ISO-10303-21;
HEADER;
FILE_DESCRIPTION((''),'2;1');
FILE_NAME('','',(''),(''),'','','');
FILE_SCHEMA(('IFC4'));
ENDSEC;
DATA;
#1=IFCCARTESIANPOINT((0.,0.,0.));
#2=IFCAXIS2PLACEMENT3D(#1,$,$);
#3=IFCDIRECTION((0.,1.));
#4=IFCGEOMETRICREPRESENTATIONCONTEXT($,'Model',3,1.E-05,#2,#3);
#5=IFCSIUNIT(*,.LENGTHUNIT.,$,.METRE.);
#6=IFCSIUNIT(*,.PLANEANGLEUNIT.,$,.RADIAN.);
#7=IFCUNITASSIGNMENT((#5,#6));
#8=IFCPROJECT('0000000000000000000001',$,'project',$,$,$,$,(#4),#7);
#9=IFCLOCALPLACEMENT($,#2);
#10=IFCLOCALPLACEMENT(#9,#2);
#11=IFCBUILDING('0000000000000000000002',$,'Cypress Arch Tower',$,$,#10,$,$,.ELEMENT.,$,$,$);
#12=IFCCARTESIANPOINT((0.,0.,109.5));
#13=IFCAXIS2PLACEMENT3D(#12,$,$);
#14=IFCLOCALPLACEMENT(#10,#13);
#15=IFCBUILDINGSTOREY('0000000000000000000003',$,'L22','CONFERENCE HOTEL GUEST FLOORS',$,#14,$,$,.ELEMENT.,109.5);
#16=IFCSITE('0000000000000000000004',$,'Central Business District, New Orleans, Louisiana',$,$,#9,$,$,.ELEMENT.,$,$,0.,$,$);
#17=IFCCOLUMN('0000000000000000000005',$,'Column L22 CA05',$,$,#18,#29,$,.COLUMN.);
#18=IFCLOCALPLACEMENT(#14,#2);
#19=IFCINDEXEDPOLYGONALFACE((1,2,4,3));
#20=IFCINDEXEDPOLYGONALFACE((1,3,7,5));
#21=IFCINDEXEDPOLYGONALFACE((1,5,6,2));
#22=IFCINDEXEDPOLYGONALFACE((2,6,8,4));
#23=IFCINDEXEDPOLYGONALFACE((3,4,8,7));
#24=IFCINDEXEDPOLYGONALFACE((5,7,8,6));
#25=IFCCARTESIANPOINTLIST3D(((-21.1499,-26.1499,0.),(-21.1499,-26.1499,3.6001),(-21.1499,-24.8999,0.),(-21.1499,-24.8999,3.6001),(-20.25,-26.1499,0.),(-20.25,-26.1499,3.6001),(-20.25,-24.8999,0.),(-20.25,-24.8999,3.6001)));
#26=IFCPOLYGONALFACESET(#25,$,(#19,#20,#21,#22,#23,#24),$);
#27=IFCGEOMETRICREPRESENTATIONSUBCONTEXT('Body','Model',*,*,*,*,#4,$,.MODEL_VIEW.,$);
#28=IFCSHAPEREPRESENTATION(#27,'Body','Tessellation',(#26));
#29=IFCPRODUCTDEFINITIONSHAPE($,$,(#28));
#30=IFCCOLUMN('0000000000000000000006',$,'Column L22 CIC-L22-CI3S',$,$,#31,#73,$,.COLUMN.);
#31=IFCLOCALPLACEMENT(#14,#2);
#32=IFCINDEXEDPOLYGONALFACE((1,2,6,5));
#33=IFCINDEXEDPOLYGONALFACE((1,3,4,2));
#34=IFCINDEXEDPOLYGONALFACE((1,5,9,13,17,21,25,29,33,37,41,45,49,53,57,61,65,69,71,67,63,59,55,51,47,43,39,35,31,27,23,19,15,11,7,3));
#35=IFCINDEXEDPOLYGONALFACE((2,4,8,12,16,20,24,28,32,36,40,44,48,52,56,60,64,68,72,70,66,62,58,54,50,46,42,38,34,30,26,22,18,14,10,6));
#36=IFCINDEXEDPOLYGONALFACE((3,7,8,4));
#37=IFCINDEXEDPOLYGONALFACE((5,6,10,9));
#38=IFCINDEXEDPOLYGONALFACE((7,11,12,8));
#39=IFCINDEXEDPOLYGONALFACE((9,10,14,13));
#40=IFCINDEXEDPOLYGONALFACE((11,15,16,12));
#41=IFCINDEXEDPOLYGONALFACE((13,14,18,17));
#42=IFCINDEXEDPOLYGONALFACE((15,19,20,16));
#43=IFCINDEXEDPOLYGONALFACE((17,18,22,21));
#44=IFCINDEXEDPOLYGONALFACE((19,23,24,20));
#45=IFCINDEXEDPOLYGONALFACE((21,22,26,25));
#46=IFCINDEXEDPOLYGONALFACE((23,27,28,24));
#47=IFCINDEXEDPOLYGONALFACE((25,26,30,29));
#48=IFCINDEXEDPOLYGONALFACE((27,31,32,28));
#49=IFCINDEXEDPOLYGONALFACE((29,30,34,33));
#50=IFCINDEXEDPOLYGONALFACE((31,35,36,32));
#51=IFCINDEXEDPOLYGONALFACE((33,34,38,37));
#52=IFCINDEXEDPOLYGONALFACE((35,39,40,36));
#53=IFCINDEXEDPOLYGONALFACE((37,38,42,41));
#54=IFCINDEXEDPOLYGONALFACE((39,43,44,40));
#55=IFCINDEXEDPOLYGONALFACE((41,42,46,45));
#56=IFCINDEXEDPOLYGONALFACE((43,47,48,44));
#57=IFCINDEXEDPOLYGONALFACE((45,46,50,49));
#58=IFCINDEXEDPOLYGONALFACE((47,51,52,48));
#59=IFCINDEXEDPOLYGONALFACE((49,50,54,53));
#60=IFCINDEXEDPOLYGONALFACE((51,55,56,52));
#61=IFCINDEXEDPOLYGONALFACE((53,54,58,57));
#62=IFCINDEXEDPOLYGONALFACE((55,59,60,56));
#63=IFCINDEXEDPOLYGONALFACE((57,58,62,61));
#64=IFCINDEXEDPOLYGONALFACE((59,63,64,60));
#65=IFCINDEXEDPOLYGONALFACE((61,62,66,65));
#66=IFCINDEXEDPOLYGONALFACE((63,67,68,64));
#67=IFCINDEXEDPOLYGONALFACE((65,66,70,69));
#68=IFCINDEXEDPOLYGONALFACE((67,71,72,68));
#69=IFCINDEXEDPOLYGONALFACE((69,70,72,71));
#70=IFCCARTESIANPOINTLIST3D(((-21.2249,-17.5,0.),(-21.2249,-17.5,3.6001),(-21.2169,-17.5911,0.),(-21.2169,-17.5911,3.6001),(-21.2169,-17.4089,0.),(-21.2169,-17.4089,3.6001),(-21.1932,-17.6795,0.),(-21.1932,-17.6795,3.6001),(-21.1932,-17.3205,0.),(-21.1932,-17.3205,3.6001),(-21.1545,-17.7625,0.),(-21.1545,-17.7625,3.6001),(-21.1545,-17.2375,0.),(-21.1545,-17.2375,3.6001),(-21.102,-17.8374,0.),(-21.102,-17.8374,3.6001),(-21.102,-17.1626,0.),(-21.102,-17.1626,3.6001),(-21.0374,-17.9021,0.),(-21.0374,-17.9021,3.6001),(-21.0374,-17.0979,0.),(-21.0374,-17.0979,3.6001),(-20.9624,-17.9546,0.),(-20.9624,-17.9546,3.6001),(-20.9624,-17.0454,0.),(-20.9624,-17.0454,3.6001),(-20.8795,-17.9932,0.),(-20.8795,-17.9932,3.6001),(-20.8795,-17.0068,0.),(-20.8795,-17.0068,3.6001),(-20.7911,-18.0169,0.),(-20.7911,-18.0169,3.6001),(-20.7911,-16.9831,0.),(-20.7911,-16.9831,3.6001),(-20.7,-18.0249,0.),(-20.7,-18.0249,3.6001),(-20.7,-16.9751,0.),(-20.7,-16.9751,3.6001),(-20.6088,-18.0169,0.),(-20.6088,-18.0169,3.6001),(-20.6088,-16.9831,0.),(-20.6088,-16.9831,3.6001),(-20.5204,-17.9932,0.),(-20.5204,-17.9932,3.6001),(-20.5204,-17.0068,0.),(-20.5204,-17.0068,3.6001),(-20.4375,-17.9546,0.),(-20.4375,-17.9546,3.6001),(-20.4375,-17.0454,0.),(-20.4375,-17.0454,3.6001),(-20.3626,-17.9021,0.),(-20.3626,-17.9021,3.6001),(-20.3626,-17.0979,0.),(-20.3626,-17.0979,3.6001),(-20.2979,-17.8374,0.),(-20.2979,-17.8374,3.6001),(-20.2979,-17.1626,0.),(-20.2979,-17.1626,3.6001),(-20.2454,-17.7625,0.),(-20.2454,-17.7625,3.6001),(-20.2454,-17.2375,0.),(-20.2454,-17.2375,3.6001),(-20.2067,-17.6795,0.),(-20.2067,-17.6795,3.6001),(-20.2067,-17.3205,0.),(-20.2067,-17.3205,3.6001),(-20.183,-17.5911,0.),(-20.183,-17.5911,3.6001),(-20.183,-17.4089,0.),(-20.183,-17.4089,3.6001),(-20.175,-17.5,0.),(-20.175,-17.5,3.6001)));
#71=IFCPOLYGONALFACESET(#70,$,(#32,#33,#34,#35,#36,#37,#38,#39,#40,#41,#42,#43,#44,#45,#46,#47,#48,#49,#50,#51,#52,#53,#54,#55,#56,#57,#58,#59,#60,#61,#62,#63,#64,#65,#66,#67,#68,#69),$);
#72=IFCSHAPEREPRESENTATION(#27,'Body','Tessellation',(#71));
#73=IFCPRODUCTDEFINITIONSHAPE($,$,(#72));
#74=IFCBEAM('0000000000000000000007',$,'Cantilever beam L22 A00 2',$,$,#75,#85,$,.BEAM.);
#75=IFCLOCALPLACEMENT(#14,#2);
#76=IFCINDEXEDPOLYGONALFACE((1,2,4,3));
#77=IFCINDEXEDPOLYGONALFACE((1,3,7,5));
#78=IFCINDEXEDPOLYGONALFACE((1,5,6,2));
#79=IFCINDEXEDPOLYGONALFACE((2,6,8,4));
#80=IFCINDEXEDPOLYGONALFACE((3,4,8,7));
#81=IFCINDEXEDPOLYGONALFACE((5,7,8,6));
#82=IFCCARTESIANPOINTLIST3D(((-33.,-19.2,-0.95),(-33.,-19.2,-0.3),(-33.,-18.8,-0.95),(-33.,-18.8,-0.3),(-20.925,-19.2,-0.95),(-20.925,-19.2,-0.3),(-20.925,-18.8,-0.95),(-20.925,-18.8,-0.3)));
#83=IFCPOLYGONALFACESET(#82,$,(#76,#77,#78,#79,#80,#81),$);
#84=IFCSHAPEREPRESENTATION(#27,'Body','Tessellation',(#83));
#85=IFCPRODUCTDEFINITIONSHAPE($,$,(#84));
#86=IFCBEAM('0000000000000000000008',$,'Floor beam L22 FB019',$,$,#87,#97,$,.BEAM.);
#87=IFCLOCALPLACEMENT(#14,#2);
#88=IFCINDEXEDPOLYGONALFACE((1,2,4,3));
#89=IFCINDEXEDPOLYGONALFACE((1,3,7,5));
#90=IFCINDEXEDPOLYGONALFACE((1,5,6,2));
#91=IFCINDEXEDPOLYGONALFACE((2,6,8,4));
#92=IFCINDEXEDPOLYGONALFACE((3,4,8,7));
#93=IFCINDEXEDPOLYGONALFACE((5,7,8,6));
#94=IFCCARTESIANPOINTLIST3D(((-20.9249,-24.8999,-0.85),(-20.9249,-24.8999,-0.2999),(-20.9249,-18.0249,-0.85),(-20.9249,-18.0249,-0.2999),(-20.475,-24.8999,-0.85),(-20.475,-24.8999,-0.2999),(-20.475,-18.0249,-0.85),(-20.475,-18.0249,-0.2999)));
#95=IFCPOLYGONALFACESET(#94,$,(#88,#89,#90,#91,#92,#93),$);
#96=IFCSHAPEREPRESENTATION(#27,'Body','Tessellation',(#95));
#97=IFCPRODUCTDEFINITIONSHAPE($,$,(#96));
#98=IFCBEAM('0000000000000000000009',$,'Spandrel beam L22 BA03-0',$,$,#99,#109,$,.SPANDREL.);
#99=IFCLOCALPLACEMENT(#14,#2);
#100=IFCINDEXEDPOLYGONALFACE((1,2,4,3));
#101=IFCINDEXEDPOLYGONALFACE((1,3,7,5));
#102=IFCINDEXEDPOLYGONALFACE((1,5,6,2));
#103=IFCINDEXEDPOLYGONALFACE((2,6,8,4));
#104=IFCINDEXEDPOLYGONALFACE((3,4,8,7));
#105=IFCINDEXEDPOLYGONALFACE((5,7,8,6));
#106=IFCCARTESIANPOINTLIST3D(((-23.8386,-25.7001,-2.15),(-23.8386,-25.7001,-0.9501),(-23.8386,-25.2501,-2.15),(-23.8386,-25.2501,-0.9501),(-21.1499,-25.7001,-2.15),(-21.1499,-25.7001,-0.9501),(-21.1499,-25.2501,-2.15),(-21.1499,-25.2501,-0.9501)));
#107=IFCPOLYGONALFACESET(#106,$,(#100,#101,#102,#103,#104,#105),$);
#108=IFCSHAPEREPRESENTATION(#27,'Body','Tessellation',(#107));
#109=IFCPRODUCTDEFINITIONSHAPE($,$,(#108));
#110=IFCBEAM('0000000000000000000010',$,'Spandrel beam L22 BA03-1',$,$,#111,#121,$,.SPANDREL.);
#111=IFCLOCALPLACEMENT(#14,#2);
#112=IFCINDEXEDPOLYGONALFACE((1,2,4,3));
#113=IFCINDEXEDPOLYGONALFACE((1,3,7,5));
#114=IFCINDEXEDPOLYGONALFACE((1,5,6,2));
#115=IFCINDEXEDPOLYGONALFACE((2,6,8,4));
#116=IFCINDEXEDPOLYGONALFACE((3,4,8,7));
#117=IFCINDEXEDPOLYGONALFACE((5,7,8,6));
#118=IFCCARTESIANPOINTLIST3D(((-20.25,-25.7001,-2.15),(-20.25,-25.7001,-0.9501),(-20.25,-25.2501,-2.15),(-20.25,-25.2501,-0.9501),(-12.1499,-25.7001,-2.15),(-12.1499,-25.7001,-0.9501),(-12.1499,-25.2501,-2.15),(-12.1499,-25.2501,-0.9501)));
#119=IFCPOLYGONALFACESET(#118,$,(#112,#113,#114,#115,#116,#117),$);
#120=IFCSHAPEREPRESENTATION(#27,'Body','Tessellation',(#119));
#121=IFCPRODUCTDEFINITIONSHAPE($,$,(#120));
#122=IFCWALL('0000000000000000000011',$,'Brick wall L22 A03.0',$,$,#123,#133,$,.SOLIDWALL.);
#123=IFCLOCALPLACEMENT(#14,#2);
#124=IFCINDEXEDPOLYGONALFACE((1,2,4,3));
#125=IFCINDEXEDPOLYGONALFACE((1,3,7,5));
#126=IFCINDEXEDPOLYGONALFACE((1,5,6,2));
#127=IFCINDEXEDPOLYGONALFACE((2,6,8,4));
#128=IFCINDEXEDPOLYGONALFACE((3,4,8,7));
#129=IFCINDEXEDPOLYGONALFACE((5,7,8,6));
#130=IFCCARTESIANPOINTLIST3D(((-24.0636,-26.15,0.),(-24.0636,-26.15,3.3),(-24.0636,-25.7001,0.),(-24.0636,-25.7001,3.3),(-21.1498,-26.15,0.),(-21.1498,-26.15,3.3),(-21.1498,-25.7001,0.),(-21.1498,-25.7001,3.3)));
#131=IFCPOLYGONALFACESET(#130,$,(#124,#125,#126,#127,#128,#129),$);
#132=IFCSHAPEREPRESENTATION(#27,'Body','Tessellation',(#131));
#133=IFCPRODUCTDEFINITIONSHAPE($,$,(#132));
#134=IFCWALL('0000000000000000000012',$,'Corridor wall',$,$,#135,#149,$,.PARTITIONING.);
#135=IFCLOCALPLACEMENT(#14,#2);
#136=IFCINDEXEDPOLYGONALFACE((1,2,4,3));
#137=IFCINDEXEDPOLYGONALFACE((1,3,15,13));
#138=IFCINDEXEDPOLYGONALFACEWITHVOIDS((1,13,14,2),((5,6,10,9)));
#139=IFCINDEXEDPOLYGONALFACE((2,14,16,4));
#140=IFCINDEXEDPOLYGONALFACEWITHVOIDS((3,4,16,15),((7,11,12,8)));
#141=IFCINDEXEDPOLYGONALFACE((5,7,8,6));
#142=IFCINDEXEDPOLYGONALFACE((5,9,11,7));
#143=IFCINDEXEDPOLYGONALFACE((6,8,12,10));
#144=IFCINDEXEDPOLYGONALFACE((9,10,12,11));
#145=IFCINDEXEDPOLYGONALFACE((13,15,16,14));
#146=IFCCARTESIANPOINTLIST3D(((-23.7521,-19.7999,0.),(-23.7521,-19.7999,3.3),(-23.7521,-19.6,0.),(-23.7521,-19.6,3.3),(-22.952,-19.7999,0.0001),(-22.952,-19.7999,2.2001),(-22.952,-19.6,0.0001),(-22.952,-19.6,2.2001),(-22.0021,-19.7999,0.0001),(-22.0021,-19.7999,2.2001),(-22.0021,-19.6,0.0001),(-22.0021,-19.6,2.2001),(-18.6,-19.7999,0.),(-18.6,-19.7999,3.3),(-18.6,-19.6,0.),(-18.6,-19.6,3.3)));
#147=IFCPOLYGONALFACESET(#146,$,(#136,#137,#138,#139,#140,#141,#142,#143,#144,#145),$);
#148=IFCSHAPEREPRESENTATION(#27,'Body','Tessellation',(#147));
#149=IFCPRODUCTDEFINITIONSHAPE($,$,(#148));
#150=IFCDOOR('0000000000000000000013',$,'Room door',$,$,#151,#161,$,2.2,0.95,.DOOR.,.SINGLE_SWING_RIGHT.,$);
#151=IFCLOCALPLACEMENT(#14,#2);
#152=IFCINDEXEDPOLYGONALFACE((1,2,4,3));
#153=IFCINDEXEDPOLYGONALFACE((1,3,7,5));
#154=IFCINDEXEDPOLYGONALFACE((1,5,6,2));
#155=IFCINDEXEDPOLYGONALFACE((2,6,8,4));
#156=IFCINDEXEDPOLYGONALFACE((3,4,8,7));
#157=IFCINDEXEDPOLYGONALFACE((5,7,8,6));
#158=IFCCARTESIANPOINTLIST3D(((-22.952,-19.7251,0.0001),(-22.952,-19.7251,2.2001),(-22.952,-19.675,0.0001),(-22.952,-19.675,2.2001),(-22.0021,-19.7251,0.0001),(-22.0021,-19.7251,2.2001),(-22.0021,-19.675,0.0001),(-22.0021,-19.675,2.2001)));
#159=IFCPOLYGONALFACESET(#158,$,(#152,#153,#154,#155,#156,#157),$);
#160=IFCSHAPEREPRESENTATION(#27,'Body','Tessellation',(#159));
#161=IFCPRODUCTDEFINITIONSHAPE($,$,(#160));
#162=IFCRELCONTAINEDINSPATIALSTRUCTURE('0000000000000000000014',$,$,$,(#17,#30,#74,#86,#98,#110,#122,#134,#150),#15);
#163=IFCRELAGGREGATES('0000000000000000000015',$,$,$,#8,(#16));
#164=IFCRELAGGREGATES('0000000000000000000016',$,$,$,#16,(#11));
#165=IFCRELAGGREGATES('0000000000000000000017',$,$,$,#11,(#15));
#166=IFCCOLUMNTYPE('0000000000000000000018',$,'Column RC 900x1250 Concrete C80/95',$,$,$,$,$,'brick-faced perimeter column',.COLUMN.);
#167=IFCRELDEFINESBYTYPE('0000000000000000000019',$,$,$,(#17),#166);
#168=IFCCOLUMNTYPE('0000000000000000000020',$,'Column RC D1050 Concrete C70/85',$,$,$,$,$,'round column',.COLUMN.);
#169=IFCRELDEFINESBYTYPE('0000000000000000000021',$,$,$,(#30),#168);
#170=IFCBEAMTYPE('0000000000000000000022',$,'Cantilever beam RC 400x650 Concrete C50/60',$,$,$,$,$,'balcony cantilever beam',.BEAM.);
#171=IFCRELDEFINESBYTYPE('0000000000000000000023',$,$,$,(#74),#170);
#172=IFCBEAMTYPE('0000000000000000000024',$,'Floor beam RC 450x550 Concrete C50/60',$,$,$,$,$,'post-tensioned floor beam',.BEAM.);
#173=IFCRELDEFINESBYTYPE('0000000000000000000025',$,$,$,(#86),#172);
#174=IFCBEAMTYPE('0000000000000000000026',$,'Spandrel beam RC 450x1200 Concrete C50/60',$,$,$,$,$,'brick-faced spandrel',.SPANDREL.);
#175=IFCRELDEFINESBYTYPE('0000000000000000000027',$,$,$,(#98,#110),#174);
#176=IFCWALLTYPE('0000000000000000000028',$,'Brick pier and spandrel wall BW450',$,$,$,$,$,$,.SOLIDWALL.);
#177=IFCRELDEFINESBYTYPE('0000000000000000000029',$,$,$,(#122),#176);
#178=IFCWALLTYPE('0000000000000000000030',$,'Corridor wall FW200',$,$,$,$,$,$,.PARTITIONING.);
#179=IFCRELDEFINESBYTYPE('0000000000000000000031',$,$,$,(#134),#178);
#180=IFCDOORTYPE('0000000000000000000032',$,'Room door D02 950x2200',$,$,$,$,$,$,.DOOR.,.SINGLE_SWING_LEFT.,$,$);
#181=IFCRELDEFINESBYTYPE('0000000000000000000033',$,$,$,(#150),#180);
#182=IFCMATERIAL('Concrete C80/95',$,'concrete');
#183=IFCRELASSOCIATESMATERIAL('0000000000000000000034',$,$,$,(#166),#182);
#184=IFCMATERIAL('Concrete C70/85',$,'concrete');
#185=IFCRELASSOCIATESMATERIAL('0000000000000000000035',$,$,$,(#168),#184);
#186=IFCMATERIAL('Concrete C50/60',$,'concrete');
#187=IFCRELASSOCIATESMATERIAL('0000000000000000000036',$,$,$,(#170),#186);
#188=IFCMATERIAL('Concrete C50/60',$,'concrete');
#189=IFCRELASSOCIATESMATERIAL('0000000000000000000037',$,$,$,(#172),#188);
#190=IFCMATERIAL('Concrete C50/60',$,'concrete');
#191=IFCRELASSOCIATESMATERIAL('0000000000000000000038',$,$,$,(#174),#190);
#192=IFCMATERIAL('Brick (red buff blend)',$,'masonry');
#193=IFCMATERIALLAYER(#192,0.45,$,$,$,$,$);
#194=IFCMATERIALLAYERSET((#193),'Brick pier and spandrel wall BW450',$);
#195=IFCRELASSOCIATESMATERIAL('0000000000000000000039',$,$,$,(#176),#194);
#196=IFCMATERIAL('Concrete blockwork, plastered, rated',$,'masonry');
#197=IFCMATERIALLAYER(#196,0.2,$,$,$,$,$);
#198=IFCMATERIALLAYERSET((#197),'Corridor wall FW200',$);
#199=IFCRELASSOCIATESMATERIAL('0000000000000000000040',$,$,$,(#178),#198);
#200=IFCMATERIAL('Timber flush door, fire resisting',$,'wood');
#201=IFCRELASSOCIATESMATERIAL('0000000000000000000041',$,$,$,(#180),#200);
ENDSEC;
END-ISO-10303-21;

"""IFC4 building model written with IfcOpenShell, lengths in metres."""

from ifc_helpers import new_model, si_unit, direction, frame, frame_2d, origin, origin_2d, place, context, subcontext, project, spatial, rectangle, circle, extrude, material, layer, layer_set, material_profile, profile_set, type_object, element, fill, save


model = new_model("IFC4")

# Units and contexts
model_context = context("Model", 3, precision=1e-05, world=origin(), true_north=direction((0.0, 1.0)))
body_context = subcontext(model_context, "Body", "Model", "MODEL_VIEW")
ifc_project = project(units=[si_unit("LENGTHUNIT", "METRE"), si_unit("PLANEANGLEUNIT", "RADIAN")], contexts=[model_context])

# Site, building, storey
site_placement = place(None, origin())
site = spatial("IfcSite", under=ifc_project, at=site_placement, Name="Central Business District, New Orleans, Louisiana", CompositionType="ELEMENT", RefElevation=0.0)
building_placement = place(site_placement, origin())
building = spatial("IfcBuilding", under=site, at=building_placement, Name="Cypress Arch Tower", CompositionType="ELEMENT")
storey_placement = place(building_placement, frame((0.0, 0.0, 109.5)))
storey = spatial("IfcBuildingStorey", under=building, at=storey_placement, Name="L22", Description="CONFERENCE HOTEL GUEST FLOORS", CompositionType="ELEMENT", Elevation=109.5)

# Columns
ifc_material_1 = material(Name="Concrete C80/95", Category="concrete")
ifc_material_profile_1 = material_profile(ifc_material_1, rectangle(XDim=0.8999, YDim=1.25, at=origin_2d()), Name="RC 900x1250")
ifc_profile_set_1 = profile_set([ifc_material_profile_1], Name="Concrete C80/95")
column_type_1 = type_object("IfcColumnType", Name="Column RC 900x1250 Concrete C80/95", ElementType="brick-faced perimeter column", PredefinedType="COLUMN", material=ifc_profile_set_1)
column_1_placement = place(storey_placement, frame((-20.7, -25.5249, 0.0), z_axis=(0.0, 0.0, 1.0), x_axis=(1.0, 0.0, 0.0)))
element("IfcColumn", 1, at=column_1_placement, inside=storey, type_object=column_type_1, Name="Column L22 CA05", PredefinedType="COLUMN", context=body_context, shape_type="SweptSolid", body=[
    extrude(rectangle(XDim=0.8999, YDim=1.25, at=origin_2d()), origin(), (0.0, 0.0, 1.0), 3.6001),
])
ifc_material_2 = material(Name="Concrete C70/85", Category="concrete")
ifc_material_profile_2 = material_profile(ifc_material_2, circle(Radius=0.5249, at=origin_2d()), Name="RC D1050")
ifc_profile_set_2 = profile_set([ifc_material_profile_2], Name="Concrete C70/85")
column_type_2 = type_object("IfcColumnType", Name="Column RC D1050 Concrete C70/85", ElementType="round column", PredefinedType="COLUMN", material=ifc_profile_set_2)
column_2_placement = place(storey_placement, frame((-20.7, -17.5, 0.0), z_axis=(0.0, 0.0, 1.0), x_axis=(1.0, 0.0, 0.0)))
element("IfcColumn", 2, at=column_2_placement, inside=storey, type_object=column_type_2, Name="Column L22 CIC-L22-CI3S", PredefinedType="COLUMN", context=body_context, shape_type="SweptSolid", body=[
    extrude(circle(Radius=0.5249, at=origin_2d()), origin(), (0.0, 0.0, 1.0), 3.6001),
])

# Beams
ifc_material_3 = material(Name="Concrete C50/60", Category="concrete")
ifc_material_profile_3 = material_profile(ifc_material_3, rectangle(XDim=0.3999, YDim=0.6499, at=origin_2d()), Name="RC 400x650")
ifc_profile_set_3 = profile_set([ifc_material_profile_3], Name="Concrete C50/60")
beam_type_1 = type_object("IfcBeamType", Name="Cantilever beam RC 400x650 Concrete C50/60", ElementType="balcony cantilever beam", PredefinedType="BEAM", material=ifc_profile_set_3)
beam_1_placement = place(storey_placement, frame((-20.925, -19.0, -0.625), z_axis=(-1.0, 0.0, 0.0), x_axis=(0.0, -1.0, 0.0)))
element("IfcBeam", 3, at=beam_1_placement, inside=storey, type_object=beam_type_1, Name="Cantilever beam L22 A00 2", PredefinedType="BEAM", context=body_context, shape_type="SweptSolid", body=[
    extrude(rectangle(XDim=0.3999, YDim=0.6499, at=origin_2d()), origin(), (0.0, 0.0, 1.0), 12.075),
])
ifc_material_4 = material(Name="Concrete C50/60", Category="concrete")
ifc_material_profile_4 = material_profile(ifc_material_4, rectangle(XDim=0.45, YDim=0.55, at=origin_2d()), Name="RC 450x550")
ifc_profile_set_4 = profile_set([ifc_material_profile_4], Name="Concrete C50/60")
beam_type_2 = type_object("IfcBeamType", Name="Floor beam RC 450x550 Concrete C50/60", ElementType="post-tensioned floor beam", PredefinedType="BEAM", material=ifc_profile_set_4)
beam_2_placement = place(storey_placement, frame((-20.7, -24.8999, -0.575), z_axis=(0.0, 1.0, 0.0), x_axis=(-1.0, 0.0, 0.0)))
element("IfcBeam", 4, at=beam_2_placement, inside=storey, type_object=beam_type_2, Name="Floor beam L22 FB019", PredefinedType="BEAM", context=body_context, shape_type="SweptSolid", body=[
    extrude(rectangle(XDim=0.45, YDim=0.55, at=origin_2d()), origin(), (0.0, 0.0, 1.0), 6.875),
])
ifc_material_5 = material(Name="Concrete C50/60", Category="concrete")
ifc_material_profile_5 = material_profile(ifc_material_5, rectangle(XDim=0.45, YDim=1.2, at=origin_2d()), Name="RC 450x1200")
ifc_profile_set_5 = profile_set([ifc_material_profile_5], Name="Concrete C50/60")
beam_type_3 = type_object("IfcBeamType", Name="Spandrel beam RC 450x1200 Concrete C50/60", ElementType="brick-faced spandrel", PredefinedType="SPANDREL", material=ifc_profile_set_5)
beam_3_placement = place(storey_placement, frame((-23.8386, -25.4751, -1.55), z_axis=(1.0, 0.0, 0.0), x_axis=(0.0, 1.0, 0.0)))
element("IfcBeam", 5, at=beam_3_placement, inside=storey, type_object=beam_type_3, Name="Spandrel beam L22 BA03-0", PredefinedType="SPANDREL", context=body_context, shape_type="SweptSolid", body=[
    extrude(rectangle(XDim=0.45, YDim=1.2, at=origin_2d()), origin(), (0.0, 0.0, 1.0), 2.6887),
])
beam_4_placement = place(storey_placement, frame((-20.25, -25.4751, -1.55), z_axis=(1.0, 0.0, 0.0), x_axis=(0.0, 1.0, 0.0)))
element("IfcBeam", 6, at=beam_4_placement, inside=storey, type_object=beam_type_3, Name="Spandrel beam L22 BA03-1", PredefinedType="SPANDREL", context=body_context, shape_type="SweptSolid", body=[
    extrude(rectangle(XDim=0.45, YDim=1.2, at=origin_2d()), origin(), (0.0, 0.0, 1.0), 8.1001),
])

# Wall
ifc_material_6 = material(Name="Brick (red buff blend)", Category="masonry")
ifc_layer_1 = layer(ifc_material_6, 0.45)
ifc_layer_set_1 = layer_set([ifc_layer_1], Name="Brick pier and spandrel wall BW450")
wall_type_1 = type_object("IfcWallType", Name="Brick pier and spandrel wall BW450", PredefinedType="SOLIDWALL", material=ifc_layer_set_1)
wall_1_placement = place(storey_placement, frame((-24.0637, -25.925, 0.0), z_axis=(0.0, 0.0, 1.0), x_axis=(1.0, 0.0, 0.0)))
element("IfcWall", 7, at=wall_1_placement, inside=storey, type_object=wall_type_1, Name="Brick wall L22 A03.0", PredefinedType="SOLIDWALL", context=body_context, shape_type="SweptSolid", body=[
    extrude(rectangle(XDim=2.9138, YDim=0.45, at=frame_2d((1.457, 0.0))), origin(), (0.0, 0.0, 1.0), 3.3),
])

# Wall, opening, door
ifc_material_7 = material(Name="Concrete blockwork, plastered, rated", Category="masonry")
ifc_layer_2 = layer(ifc_material_7, 0.2)
ifc_layer_set_2 = layer_set([ifc_layer_2], Name="Corridor wall FW200")
wall_type_2 = type_object("IfcWallType", Name="Corridor wall FW200", PredefinedType="PARTITIONING", material=ifc_layer_set_2)
wall_2_placement = place(storey_placement, frame((-23.7522, -19.7, 0.0), z_axis=(0.0, 0.0, 1.0), x_axis=(1.0, 0.0, 0.0)))
wall_2 = element("IfcWall", 8, at=wall_2_placement, inside=storey, type_object=wall_type_2, Name="Corridor wall", PredefinedType="PARTITIONING", context=body_context, shape_type="SweptSolid", body=[
    extrude(rectangle(XDim=5.1521, YDim=0.2, at=frame_2d((2.5762, 0.0))), origin(), (0.0, 0.0, 1.0), 3.3),
])
opening_1_placement = place(wall_2_placement, frame((0.8, 0.0, 0.0)))
opening_1 = element("IfcOpeningElement", 9, at=opening_1_placement, cuts=wall_2, PredefinedType="OPENING", context=body_context, shape_type="SweptSolid", body=[
    extrude(rectangle(XDim=0.95, YDim=2.2, at=frame_2d((0.4751, 1.1001))), frame((0.0, 0.1099, 0.0), z_axis=(0.0, -1.0, 0.0), x_axis=(1.0, 0.0, 0.0)), (0.0, 0.0, 1.0), 0.22),
])
ifc_material_8 = material(Name="Timber flush door, fire resisting", Category="wood")
door_type_1 = type_object("IfcDoorType", Name="Room door D02 950x2200", OperationType="SINGLE_SWING_LEFT", PredefinedType="DOOR", material=ifc_material_8)
door_1_placement = place(opening_1_placement, origin())
door_1 = element("IfcDoor", 10, at=door_1_placement, inside=storey, type_object=door_type_1, Name="Room door", OperationType="SINGLE_SWING_RIGHT", OverallHeight=2.2, OverallWidth=0.95, PredefinedType="DOOR", context=body_context, shape_type="SweptSolid", body=[
    extrude(rectangle(XDim=0.95, YDim=2.2, at=frame_2d((0.4751, 1.1001))), frame((0.0, 0.0249, 0.0), z_axis=(0.0, -1.0, 0.0), x_axis=(1.0, 0.0, 0.0)), (0.0, 0.0, 1.0), 0.05),
])
fill(opening_1, door_1)

save(model, "model.ifc")
